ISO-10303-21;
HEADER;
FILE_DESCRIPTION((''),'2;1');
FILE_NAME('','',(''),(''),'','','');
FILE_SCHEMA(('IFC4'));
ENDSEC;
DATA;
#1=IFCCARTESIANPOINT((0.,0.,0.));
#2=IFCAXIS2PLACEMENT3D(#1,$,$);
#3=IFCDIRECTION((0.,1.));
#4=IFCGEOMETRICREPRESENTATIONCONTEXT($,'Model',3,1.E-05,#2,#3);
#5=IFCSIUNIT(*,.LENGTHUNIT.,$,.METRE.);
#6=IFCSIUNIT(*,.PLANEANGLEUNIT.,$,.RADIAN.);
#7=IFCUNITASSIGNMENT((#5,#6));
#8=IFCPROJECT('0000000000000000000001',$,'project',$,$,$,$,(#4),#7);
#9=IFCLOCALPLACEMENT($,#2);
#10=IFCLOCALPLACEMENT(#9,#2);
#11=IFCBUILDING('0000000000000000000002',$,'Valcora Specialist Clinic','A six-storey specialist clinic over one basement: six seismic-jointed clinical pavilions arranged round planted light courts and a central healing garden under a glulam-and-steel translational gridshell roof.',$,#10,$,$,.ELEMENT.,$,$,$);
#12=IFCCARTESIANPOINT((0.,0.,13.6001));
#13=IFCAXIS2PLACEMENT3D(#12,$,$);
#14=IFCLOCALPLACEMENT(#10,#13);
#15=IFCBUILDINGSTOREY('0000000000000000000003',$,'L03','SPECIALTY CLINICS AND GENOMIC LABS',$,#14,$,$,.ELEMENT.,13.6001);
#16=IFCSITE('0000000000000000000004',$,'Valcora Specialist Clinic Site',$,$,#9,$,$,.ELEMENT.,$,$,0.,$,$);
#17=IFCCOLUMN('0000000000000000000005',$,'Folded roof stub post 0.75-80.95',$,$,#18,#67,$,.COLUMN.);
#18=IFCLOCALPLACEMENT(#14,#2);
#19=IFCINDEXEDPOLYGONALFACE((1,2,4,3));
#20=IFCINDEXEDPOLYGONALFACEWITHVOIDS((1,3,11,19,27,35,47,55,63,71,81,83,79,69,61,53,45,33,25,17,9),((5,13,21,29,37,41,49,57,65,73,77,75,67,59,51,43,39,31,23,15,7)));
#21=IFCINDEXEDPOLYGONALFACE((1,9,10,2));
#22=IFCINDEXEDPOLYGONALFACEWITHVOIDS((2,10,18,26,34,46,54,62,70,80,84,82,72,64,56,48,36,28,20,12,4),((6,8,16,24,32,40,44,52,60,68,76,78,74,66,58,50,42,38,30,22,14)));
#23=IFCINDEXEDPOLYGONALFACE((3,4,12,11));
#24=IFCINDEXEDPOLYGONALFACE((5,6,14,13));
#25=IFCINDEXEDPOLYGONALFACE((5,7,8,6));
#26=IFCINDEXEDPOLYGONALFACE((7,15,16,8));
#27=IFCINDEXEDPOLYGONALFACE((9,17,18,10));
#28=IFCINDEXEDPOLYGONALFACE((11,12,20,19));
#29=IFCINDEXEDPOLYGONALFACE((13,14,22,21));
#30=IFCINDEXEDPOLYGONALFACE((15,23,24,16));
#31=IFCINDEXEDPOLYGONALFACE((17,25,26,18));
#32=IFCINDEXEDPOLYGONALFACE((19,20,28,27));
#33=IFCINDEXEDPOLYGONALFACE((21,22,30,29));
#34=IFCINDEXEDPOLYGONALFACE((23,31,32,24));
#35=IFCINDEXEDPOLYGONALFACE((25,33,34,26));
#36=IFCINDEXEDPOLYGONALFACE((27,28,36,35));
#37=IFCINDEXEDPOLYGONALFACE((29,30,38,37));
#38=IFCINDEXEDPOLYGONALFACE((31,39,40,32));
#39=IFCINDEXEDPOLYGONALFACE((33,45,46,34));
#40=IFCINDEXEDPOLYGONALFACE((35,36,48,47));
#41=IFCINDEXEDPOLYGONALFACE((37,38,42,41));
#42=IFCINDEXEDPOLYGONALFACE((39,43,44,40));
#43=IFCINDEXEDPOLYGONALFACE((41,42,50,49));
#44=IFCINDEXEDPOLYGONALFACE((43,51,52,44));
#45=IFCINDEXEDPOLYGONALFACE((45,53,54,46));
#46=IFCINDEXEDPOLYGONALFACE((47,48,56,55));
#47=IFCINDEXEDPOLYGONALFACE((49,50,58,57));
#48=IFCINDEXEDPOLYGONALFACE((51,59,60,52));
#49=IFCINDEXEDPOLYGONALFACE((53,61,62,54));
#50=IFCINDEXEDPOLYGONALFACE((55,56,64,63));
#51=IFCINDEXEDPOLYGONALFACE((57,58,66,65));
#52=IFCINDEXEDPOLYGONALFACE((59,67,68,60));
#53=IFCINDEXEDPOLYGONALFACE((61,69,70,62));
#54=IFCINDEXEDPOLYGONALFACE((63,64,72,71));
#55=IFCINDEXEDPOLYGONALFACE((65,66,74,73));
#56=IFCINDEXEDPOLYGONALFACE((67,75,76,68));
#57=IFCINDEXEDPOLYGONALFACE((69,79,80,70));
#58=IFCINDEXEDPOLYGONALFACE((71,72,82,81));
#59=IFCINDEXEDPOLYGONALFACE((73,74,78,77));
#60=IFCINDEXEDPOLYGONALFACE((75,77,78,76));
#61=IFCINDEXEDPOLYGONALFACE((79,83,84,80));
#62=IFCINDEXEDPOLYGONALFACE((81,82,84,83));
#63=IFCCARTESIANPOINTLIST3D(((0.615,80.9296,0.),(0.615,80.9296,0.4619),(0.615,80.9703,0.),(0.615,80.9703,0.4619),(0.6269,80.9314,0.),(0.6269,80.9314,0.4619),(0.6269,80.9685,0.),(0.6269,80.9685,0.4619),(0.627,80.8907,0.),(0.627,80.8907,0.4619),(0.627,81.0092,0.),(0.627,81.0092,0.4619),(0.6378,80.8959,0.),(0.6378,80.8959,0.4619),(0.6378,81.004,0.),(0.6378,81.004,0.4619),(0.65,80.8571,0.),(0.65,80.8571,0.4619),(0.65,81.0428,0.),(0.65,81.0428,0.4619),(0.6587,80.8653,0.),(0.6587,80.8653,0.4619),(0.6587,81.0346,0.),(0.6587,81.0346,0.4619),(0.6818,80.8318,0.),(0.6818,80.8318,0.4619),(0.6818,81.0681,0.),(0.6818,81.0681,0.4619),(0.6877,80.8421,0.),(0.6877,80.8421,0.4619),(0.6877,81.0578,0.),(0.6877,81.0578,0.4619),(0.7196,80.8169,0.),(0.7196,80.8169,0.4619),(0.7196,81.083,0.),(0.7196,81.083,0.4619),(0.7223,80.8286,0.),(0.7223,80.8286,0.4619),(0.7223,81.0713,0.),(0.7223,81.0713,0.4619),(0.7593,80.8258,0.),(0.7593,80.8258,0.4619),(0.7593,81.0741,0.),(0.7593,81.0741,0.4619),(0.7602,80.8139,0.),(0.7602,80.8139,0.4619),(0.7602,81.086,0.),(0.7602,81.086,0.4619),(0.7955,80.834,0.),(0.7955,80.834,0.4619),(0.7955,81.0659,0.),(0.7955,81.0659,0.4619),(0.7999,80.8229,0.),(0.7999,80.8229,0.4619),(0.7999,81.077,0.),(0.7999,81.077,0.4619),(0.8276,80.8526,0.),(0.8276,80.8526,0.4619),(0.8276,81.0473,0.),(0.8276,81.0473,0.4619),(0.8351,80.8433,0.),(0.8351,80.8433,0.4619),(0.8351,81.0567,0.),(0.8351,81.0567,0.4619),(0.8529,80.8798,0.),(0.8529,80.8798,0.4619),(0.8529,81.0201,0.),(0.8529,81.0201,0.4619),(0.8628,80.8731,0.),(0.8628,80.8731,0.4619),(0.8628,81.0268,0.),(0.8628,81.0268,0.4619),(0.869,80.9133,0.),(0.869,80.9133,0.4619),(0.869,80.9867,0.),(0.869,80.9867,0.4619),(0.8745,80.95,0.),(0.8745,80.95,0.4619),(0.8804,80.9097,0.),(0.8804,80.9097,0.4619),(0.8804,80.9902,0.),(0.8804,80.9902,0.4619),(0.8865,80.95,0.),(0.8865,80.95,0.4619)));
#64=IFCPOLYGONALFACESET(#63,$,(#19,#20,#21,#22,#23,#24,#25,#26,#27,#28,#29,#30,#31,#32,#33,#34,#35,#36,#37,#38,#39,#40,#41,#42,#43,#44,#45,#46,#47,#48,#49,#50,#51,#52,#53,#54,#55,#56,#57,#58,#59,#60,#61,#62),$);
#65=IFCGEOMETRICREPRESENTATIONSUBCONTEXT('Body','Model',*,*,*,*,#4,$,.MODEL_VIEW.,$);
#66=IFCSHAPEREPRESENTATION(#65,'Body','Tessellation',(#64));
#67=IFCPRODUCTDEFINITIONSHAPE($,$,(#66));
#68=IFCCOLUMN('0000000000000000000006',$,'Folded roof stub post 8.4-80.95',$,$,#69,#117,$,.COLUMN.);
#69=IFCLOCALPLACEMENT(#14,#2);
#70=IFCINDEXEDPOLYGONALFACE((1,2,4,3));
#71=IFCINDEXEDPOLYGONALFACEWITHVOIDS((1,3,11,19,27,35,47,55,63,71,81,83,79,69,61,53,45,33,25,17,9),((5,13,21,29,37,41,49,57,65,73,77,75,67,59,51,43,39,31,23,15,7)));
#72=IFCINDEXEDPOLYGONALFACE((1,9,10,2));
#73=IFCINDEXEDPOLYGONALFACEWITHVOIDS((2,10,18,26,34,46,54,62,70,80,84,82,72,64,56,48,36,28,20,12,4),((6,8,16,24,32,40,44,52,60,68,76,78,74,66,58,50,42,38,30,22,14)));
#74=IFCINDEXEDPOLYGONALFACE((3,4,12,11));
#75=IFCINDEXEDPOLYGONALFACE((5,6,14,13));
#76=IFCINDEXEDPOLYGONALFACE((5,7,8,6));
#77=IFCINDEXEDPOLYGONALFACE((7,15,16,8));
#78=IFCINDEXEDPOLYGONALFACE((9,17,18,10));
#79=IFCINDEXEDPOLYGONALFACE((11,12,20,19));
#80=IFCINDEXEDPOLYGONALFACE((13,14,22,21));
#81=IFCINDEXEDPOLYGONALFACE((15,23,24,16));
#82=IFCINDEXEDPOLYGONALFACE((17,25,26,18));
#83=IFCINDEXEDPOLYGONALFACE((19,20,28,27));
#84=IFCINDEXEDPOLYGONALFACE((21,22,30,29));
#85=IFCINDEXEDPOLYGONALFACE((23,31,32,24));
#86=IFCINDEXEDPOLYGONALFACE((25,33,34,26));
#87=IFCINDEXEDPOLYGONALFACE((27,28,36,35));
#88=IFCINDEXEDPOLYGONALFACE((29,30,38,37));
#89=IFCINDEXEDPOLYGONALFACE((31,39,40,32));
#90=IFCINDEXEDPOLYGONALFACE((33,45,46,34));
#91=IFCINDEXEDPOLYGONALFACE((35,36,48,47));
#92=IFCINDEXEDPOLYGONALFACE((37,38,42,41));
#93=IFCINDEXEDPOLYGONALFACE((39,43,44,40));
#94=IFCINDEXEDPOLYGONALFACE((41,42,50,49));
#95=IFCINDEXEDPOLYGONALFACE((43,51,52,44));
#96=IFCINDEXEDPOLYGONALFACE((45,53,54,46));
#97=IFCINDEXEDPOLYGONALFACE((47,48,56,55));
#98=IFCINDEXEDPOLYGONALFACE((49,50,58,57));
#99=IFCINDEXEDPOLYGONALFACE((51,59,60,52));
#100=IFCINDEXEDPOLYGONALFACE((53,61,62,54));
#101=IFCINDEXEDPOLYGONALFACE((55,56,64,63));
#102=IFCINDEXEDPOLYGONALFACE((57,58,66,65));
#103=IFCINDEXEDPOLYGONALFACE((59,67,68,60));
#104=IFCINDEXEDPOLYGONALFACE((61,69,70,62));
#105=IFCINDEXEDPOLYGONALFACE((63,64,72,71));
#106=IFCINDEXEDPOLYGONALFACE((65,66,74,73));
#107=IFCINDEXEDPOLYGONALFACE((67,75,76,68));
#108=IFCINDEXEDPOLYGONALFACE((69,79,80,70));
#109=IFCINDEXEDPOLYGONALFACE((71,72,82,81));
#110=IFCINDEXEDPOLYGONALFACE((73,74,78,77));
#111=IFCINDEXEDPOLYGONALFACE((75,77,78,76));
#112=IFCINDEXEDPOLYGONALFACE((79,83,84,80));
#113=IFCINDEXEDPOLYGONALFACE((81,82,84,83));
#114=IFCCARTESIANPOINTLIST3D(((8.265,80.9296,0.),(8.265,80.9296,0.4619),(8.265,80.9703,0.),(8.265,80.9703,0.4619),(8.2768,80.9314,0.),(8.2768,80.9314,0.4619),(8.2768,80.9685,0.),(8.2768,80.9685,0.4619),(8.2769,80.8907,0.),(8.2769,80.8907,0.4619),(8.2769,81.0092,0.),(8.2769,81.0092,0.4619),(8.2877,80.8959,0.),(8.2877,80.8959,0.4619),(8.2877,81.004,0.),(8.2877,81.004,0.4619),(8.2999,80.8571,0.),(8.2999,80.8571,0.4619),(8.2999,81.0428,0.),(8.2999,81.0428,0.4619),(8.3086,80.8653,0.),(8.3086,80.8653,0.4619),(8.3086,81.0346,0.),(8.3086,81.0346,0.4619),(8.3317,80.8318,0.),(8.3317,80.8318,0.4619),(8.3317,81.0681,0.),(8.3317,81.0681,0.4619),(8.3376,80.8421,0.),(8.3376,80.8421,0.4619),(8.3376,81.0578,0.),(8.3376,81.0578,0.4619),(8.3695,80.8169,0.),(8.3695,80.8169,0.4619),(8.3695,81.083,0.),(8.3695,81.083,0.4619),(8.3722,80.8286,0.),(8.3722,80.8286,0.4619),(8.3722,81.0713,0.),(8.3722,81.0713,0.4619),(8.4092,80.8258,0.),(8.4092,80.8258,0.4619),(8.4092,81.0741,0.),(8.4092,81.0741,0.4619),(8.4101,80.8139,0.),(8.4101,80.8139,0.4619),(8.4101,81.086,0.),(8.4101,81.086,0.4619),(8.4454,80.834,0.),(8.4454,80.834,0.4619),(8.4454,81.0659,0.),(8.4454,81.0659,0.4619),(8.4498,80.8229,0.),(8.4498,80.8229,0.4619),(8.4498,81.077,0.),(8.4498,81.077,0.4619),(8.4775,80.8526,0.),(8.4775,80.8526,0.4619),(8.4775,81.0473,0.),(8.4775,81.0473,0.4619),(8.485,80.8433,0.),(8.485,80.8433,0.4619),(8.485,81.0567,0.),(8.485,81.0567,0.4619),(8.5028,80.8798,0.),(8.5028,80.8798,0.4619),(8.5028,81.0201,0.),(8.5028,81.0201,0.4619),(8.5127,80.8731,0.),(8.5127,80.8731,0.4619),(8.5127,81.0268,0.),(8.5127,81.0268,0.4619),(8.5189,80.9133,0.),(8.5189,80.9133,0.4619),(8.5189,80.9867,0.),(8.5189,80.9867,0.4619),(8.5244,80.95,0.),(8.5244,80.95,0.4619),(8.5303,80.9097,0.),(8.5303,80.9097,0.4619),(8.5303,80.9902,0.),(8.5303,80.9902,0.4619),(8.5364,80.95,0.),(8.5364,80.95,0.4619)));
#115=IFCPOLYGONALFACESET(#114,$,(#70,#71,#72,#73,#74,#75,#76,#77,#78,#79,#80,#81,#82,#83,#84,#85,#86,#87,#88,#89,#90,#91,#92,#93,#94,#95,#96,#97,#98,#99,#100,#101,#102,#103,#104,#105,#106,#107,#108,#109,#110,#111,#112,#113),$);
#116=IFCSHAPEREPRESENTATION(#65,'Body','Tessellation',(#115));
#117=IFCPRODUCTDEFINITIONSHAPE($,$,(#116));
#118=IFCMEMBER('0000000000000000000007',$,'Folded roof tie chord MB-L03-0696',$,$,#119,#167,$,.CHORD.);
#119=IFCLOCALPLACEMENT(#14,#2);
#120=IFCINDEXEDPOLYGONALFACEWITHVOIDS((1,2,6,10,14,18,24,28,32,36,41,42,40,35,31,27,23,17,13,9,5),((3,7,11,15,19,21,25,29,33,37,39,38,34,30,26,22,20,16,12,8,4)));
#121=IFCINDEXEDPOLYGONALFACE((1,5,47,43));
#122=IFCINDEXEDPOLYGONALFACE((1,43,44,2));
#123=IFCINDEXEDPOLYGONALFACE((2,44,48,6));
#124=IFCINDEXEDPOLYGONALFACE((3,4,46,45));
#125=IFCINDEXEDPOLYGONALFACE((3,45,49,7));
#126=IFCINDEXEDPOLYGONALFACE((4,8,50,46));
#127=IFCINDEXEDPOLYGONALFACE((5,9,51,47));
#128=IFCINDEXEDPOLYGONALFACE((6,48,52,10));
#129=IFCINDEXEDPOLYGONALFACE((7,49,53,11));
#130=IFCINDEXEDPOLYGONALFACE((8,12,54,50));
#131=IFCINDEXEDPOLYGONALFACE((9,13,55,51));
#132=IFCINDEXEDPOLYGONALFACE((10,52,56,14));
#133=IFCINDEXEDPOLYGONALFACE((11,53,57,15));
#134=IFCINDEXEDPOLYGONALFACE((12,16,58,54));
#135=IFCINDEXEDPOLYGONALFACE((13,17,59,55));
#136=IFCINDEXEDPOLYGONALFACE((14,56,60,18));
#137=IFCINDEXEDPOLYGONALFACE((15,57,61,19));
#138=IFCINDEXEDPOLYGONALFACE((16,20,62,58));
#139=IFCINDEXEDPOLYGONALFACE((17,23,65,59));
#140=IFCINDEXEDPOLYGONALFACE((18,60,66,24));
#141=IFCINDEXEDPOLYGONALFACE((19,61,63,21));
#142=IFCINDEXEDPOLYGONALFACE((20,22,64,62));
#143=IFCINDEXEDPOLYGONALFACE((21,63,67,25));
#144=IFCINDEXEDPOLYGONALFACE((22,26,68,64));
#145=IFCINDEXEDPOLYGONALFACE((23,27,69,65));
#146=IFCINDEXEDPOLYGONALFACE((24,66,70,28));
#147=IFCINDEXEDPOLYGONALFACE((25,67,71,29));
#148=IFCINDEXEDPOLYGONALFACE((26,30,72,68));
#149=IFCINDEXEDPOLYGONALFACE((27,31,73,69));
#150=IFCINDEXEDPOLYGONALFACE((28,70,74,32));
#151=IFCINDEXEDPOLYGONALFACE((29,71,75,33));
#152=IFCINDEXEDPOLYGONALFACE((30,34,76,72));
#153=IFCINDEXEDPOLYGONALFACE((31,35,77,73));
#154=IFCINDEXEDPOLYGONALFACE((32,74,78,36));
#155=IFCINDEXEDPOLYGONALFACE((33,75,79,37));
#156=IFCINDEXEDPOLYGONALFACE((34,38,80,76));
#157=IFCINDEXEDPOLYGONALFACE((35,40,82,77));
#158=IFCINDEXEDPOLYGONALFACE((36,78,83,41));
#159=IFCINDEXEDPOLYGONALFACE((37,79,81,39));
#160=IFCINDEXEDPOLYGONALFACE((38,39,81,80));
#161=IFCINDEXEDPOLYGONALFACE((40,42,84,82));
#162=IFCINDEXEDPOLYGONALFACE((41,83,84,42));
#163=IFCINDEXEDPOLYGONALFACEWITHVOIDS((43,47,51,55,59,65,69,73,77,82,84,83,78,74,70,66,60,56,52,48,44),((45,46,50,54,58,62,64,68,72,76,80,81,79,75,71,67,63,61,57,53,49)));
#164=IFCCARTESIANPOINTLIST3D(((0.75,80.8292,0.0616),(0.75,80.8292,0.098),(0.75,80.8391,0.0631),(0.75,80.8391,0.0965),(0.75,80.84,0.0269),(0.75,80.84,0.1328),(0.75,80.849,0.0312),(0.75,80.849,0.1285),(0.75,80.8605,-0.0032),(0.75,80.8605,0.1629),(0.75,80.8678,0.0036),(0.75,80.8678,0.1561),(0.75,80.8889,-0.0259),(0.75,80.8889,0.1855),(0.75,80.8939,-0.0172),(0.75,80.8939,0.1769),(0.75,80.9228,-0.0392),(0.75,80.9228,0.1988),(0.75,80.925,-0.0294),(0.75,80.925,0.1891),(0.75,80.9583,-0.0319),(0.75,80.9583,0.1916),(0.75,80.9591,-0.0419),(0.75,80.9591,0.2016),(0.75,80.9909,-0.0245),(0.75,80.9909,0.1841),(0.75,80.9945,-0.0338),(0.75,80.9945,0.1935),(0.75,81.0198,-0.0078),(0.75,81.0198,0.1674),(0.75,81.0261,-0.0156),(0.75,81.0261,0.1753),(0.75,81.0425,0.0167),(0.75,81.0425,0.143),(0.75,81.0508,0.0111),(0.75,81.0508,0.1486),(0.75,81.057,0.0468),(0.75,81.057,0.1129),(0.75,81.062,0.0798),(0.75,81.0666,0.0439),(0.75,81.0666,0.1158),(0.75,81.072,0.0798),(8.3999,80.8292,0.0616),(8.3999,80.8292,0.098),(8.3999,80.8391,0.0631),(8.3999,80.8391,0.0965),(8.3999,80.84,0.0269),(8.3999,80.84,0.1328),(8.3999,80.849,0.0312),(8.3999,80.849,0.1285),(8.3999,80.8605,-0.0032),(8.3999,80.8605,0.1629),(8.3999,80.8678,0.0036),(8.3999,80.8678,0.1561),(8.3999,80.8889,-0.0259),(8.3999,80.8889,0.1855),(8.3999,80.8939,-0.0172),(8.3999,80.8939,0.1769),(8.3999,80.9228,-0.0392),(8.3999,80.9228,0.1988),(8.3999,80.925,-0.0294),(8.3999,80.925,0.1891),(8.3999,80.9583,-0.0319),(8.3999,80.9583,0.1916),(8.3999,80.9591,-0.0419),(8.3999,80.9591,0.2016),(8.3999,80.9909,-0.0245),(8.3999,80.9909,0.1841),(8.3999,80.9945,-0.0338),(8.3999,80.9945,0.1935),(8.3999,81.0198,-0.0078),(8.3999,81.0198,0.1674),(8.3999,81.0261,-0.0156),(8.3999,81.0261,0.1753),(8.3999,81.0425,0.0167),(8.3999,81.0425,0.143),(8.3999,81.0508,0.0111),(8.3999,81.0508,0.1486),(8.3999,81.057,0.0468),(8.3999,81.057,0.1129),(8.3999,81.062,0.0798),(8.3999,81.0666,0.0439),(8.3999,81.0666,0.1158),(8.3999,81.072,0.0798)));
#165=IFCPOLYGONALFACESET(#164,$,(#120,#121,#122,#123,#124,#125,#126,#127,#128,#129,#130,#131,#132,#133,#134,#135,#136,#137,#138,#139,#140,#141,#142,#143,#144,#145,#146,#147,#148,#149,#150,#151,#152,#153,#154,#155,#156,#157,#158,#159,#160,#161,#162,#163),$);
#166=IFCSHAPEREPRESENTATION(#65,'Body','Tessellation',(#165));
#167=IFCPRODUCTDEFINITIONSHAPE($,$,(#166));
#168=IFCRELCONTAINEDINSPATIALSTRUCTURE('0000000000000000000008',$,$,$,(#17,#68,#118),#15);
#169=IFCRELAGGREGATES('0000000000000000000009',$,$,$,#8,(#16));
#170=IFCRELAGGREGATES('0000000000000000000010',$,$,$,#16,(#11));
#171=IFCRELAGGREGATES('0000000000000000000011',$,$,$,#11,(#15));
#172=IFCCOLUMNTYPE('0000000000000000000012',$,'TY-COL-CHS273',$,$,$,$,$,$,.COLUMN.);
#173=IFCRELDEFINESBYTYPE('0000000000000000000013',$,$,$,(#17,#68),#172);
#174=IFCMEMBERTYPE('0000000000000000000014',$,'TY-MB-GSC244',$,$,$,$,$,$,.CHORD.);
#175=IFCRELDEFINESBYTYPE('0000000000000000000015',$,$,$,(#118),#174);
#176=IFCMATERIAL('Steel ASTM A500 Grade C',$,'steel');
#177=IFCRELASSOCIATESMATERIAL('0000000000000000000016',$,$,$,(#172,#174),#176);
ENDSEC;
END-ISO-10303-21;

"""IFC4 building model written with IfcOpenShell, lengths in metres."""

from ifc_helpers import new_model, si_unit, direction, frame, origin, origin_2d, place, context, subcontext, project, spatial, hollow_circle, extrude, material, material_profile, profile_set, type_object, element, save


model = new_model("IFC4")

# Units and contexts
model_context = context("Model", 3, precision=1e-05, world=origin(), true_north=direction((0.0, 1.0)))
body_context = subcontext(model_context, "Body", "Model", "MODEL_VIEW")
ifc_project = project(units=[si_unit("LENGTHUNIT", "METRE"), si_unit("PLANEANGLEUNIT", "RADIAN")], contexts=[model_context])

# Site, building, storey
site_placement = place(None, origin())
site = spatial("IfcSite", under=ifc_project, at=site_placement, Name="Valcora Specialist Clinic Site", CompositionType="ELEMENT", RefElevation=0.0)
building_placement = place(site_placement, origin())
building = spatial("IfcBuilding", under=site, at=building_placement, Name="Valcora Specialist Clinic", Description="A six-storey specialist clinic over one basement: six seismic-jointed clinical pavilions arranged round planted light courts and a central healing garden under a glulam-and-steel translational gridshell roof.", CompositionType="ELEMENT")
storey_placement = place(building_placement, frame((0.0, 0.0, 13.6001)))
storey = spatial("IfcBuildingStorey", under=building, at=storey_placement, Name="L03", Description="SPECIALTY CLINICS AND GENOMIC LABS", CompositionType="ELEMENT", Elevation=13.6001)

# Columns
ifc_material_1 = material(Name="Steel ASTM A500 Grade C", Category="steel")
ifc_material_profile_1 = material_profile(ifc_material_1, hollow_circle(Radius=0.1365, WallThickness=0.012, at=origin_2d()), Name="ST-CHS-273X12")
ifc_profile_set_1 = profile_set([ifc_material_profile_1], Name="Steel ASTM A500 Grade C")
column_type = type_object("IfcColumnType", Name="TY-COL-CHS273", PredefinedType="COLUMN", material=ifc_profile_set_1)
for number, where, z_axis, x_axis, name in (
    (1, (0.75, 80.95, 0.0), (0.0, 0.0, 1.0), (1.0, 0.0, 0.0), "Folded roof stub post 0.75-80.95"),
    (2, (8.3999, 80.95, 0.0), (0.0, 0.0, 1.0), (1.0, 0.0, 0.0), "Folded roof stub post 8.4-80.95"),
):
    element("IfcColumn", number, at=place(storey_placement, frame(where, z_axis=z_axis, x_axis=x_axis)), inside=storey, type_object=column_type, Name=name, PredefinedType="COLUMN", context=body_context, shape_type="SweptSolid", body=[
        extrude(hollow_circle(Radius=0.1365, WallThickness=0.012, at=origin_2d()), origin(), (0.0, 0.0, 1.0), 0.4619),
    ])

# Member
ifc_material_profile_2 = material_profile(ifc_material_1, hollow_circle(Radius=0.1221, WallThickness=0.01, at=origin_2d()), Name="ST-CHS-244X10")
ifc_profile_set_2 = profile_set([ifc_material_profile_2], Name="Steel ASTM A500 Grade C")
member_type_1 = type_object("IfcMemberType", Name="TY-MB-GSC244", PredefinedType="CHORD", material=ifc_profile_set_2)
member_1_placement = place(storey_placement, frame((0.75, 80.95, 0.0798), z_axis=(1.0, 0.0, 0.0), x_axis=(0.0, 1.0, 0.0)))
element("IfcMember", 3, at=member_1_placement, inside=storey, type_object=member_type_1, Name="Folded roof tie chord MB-L03-0696", PredefinedType="CHORD", context=body_context, shape_type="SweptSolid", body=[
    extrude(hollow_circle(Radius=0.1221, WallThickness=0.01, at=origin_2d()), origin(), (0.0, 0.0, 1.0), 7.6499),
])

save(model, "model.ifc")
